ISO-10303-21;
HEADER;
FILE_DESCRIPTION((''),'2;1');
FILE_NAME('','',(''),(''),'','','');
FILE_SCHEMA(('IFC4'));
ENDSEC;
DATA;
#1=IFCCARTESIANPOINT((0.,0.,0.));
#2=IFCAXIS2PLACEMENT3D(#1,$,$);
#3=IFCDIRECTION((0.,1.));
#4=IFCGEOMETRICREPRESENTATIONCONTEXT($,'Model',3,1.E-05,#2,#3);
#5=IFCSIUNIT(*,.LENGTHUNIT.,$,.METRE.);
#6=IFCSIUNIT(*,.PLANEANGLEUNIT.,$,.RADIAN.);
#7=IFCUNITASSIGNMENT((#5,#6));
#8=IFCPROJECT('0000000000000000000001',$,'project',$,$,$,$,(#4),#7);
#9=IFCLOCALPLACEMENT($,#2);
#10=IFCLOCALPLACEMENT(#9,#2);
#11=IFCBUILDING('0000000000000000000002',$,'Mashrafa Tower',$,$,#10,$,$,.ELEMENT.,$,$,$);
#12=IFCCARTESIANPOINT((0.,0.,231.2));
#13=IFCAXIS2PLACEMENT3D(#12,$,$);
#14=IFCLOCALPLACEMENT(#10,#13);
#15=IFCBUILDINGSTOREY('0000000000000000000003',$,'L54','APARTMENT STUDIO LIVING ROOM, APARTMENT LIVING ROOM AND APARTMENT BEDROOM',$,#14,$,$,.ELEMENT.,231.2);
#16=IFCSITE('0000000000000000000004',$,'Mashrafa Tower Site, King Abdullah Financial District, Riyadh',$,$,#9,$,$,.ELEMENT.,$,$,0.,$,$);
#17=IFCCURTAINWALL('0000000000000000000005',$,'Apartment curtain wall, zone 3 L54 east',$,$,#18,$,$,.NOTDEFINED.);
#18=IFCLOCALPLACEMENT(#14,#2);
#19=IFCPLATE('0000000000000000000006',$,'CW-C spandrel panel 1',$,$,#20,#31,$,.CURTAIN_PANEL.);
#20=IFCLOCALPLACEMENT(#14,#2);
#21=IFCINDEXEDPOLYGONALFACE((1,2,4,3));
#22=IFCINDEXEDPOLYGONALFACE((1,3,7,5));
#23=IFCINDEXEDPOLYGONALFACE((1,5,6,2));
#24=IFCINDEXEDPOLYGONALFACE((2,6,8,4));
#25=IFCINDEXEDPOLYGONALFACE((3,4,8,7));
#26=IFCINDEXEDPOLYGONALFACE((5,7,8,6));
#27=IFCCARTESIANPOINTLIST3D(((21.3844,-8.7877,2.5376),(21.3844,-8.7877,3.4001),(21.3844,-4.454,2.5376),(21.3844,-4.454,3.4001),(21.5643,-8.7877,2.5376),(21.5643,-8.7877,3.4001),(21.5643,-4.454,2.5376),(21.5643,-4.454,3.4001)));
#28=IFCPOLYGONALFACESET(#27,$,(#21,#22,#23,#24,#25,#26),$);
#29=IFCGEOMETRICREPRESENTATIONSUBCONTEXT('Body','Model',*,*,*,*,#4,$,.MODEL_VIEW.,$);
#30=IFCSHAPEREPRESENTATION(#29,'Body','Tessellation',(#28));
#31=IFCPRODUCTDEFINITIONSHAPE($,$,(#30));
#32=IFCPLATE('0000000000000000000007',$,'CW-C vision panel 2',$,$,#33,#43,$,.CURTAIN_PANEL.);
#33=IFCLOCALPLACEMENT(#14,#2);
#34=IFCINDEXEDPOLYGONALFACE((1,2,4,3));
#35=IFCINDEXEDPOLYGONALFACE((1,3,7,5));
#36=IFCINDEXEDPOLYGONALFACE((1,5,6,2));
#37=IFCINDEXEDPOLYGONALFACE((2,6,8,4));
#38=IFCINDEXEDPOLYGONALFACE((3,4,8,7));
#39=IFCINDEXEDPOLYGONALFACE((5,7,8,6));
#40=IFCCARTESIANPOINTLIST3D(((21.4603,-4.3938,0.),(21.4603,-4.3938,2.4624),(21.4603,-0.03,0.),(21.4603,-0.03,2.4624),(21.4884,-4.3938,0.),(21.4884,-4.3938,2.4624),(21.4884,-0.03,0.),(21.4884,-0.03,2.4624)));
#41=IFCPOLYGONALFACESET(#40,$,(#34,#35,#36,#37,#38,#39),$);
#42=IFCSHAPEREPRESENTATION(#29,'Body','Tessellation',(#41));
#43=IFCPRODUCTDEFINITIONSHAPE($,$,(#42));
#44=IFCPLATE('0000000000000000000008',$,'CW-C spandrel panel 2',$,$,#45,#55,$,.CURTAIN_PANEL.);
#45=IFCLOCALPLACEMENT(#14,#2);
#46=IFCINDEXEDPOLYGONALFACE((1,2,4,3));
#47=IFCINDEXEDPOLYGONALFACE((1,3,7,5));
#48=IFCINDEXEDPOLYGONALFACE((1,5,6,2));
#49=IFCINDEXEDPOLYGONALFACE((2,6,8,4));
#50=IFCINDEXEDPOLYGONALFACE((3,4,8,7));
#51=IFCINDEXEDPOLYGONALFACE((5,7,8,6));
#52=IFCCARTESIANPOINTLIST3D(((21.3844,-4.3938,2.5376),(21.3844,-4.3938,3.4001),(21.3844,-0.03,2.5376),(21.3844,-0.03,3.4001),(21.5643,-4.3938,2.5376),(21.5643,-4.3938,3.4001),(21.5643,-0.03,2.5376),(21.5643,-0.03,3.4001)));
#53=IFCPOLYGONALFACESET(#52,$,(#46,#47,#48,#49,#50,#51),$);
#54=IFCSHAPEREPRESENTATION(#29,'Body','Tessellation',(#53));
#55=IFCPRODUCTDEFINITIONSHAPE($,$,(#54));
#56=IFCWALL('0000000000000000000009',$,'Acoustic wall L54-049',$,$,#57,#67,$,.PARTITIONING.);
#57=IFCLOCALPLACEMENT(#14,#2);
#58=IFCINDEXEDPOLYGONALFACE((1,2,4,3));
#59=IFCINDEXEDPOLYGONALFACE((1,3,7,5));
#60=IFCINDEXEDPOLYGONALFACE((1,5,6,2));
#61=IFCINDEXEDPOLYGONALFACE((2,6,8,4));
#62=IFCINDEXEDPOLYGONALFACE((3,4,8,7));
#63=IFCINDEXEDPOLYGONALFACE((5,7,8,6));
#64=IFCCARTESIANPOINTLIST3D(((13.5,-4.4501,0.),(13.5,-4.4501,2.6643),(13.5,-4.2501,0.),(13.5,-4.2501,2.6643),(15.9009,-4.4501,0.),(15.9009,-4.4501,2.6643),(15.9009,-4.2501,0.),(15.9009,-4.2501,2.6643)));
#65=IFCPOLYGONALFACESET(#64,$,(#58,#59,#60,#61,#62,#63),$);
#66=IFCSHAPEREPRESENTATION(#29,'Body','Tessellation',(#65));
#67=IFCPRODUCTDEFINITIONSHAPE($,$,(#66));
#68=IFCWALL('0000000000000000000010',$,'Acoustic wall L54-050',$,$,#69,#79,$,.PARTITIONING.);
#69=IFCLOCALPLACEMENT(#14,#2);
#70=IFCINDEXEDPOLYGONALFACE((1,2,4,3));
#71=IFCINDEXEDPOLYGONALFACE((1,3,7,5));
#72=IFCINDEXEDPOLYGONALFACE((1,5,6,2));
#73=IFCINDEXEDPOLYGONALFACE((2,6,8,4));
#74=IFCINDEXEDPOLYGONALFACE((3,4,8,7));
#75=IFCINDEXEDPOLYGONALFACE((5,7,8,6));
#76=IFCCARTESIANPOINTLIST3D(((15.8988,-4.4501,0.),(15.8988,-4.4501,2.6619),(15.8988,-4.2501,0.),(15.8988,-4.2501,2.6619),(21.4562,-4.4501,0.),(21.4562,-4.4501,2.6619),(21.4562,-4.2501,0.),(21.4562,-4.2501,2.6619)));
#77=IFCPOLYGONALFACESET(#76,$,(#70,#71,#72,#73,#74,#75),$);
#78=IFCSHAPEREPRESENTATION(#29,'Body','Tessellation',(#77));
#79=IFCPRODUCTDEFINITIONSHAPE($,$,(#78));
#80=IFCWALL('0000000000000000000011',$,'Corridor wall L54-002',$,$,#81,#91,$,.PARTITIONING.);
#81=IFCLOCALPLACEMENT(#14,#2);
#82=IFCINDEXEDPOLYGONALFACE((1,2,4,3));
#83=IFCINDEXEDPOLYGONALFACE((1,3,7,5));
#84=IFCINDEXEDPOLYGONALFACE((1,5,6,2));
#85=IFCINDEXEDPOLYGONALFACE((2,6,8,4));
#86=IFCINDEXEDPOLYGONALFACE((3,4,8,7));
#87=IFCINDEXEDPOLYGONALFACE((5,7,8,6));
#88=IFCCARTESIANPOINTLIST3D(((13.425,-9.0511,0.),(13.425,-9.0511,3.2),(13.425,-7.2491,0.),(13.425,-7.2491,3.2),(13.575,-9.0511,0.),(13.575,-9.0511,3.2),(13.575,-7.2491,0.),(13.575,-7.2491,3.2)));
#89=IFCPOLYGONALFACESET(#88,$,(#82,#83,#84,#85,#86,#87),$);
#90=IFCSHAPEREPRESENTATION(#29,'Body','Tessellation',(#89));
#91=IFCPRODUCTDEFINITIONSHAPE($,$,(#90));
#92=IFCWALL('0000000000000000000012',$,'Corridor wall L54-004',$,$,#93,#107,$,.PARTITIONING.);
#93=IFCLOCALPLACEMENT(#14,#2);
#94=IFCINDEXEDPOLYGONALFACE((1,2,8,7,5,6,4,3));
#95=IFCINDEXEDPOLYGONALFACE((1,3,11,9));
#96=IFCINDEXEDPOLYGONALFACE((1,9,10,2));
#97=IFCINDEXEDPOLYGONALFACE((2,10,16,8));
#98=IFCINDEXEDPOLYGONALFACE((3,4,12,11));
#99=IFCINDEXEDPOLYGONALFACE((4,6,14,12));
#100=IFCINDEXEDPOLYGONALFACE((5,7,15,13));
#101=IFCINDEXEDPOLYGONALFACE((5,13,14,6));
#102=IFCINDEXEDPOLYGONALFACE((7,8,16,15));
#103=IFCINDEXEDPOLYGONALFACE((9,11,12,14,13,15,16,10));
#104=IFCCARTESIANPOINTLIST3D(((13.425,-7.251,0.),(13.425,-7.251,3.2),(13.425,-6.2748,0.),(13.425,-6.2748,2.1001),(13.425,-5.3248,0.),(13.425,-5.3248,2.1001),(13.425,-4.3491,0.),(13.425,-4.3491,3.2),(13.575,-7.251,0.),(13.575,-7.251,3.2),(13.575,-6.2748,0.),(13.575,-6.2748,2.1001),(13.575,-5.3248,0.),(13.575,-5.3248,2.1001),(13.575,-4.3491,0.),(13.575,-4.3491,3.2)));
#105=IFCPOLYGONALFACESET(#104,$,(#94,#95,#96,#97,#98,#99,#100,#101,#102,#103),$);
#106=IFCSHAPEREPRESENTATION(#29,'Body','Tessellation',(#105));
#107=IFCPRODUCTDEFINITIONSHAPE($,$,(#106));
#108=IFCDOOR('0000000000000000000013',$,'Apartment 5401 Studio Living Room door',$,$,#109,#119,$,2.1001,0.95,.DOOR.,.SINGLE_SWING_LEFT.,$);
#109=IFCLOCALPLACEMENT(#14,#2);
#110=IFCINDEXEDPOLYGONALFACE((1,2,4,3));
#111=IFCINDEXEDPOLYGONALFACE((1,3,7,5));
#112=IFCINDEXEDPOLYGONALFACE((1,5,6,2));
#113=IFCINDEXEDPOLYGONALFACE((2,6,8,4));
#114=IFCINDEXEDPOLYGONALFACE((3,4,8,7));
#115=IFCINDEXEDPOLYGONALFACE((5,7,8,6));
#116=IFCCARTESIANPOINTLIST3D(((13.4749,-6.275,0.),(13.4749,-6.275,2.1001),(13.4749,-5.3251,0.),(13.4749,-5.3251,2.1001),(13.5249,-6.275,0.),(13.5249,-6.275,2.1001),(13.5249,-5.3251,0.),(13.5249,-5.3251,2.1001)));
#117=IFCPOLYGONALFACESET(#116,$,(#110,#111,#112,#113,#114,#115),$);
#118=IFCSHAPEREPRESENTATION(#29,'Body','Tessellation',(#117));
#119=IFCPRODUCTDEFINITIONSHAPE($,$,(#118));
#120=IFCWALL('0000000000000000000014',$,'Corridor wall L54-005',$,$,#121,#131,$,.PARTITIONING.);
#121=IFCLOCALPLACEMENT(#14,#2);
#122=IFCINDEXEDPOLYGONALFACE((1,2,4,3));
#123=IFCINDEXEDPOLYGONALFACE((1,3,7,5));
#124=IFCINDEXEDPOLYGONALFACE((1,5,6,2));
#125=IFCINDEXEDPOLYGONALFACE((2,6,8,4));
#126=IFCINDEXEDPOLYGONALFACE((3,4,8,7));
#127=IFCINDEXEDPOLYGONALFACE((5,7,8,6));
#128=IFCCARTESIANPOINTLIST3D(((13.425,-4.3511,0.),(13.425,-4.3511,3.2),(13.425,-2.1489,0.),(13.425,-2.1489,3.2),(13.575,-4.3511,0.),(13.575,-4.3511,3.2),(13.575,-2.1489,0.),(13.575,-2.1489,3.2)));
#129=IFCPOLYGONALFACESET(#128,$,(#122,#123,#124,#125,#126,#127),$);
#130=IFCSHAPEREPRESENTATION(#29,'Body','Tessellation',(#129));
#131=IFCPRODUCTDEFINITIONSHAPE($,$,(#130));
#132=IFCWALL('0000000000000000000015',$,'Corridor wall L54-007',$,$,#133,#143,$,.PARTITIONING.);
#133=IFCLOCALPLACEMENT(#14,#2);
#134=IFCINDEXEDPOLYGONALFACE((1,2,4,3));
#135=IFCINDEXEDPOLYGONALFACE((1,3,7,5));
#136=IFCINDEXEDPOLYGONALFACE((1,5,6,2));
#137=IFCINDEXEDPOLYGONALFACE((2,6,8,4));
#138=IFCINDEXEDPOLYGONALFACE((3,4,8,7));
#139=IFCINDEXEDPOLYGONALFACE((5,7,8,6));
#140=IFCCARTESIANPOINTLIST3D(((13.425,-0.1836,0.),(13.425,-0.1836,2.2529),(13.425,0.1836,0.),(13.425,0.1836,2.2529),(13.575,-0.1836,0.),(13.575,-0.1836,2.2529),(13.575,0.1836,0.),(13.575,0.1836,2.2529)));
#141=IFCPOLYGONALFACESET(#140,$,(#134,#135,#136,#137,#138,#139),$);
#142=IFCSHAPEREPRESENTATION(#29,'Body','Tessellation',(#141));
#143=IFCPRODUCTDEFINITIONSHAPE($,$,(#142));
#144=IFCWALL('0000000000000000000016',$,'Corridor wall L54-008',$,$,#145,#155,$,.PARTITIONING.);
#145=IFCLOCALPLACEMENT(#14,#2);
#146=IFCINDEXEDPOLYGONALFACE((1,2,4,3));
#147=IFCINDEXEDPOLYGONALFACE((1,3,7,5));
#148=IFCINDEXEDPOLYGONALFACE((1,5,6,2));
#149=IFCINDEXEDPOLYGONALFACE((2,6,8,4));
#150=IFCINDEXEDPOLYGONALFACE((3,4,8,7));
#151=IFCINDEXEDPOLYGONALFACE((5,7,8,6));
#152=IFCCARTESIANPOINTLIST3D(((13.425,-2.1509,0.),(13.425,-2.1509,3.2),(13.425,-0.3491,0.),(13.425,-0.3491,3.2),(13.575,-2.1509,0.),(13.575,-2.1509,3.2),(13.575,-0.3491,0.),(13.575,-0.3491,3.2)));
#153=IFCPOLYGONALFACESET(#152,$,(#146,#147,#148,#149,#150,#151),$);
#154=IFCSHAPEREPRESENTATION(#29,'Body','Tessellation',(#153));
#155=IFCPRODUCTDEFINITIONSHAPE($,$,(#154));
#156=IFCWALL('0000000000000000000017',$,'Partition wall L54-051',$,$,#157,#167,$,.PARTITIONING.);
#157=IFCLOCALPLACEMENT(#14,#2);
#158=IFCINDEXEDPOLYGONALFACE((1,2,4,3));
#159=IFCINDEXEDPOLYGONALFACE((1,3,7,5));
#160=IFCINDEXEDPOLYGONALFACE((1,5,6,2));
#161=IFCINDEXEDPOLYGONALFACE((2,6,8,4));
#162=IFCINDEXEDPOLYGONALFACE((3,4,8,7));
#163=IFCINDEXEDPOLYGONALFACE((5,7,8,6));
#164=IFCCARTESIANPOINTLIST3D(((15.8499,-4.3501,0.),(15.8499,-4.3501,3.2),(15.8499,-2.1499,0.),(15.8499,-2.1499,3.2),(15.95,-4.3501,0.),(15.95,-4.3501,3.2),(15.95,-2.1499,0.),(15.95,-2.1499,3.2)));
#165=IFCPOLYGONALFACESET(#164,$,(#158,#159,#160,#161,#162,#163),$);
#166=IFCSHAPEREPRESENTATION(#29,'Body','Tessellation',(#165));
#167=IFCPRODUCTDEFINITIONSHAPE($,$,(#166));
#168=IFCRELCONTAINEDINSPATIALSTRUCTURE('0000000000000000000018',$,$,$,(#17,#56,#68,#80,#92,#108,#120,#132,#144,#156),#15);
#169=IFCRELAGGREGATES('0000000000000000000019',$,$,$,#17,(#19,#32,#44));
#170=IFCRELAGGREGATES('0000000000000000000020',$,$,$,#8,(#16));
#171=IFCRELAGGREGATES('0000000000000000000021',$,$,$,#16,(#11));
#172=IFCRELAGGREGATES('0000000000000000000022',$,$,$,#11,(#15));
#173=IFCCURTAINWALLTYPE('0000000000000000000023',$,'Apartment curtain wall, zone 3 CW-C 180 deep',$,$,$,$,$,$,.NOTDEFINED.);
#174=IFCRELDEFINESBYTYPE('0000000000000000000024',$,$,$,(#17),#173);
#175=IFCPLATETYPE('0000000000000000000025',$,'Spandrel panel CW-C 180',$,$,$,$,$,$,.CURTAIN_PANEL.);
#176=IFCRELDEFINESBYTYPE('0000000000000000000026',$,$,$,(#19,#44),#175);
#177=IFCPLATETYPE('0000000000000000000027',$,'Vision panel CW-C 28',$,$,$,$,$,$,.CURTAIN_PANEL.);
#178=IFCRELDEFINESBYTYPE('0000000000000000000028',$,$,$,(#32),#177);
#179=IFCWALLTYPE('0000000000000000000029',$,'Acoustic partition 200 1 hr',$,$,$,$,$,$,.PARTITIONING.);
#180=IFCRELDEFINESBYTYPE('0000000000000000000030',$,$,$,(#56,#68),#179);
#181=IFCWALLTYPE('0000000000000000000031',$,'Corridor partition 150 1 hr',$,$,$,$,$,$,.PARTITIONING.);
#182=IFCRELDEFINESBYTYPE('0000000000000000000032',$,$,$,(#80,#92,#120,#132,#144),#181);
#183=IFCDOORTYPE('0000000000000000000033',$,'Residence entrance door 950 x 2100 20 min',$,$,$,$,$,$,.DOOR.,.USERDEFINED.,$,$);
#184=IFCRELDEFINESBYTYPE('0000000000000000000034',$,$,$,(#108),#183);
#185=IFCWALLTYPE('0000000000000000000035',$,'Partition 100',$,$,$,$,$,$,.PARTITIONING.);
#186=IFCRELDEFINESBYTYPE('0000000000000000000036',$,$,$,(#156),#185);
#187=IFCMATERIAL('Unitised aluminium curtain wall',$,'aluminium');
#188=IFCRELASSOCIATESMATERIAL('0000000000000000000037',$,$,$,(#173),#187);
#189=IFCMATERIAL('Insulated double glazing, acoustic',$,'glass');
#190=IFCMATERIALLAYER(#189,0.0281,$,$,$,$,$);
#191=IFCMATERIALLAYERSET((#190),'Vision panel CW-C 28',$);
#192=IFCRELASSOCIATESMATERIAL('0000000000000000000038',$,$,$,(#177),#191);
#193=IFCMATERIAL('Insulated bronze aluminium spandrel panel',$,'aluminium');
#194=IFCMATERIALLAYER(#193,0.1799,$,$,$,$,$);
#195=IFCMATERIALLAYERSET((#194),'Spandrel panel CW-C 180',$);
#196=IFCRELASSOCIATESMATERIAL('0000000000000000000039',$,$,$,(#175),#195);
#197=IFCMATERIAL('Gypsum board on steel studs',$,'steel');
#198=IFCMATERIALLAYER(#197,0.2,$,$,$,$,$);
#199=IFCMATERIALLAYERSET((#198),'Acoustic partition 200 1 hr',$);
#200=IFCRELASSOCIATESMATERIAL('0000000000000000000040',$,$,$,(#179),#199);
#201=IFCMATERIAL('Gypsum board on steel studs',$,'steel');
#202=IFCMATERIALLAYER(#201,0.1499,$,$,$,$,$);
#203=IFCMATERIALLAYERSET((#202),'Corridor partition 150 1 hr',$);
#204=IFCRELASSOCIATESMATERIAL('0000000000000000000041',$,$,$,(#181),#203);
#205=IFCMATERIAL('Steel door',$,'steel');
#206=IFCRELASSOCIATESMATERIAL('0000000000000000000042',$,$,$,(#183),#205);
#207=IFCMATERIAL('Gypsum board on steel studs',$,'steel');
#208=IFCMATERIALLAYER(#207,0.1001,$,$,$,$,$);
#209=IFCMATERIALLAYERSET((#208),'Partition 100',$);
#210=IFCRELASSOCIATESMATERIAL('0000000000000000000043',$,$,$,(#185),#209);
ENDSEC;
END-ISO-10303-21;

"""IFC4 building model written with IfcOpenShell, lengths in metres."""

from ifc_helpers import new_model, si_unit, direction, frame, frame_2d, origin, origin_2d, place, context, subcontext, project, spatial, rectangle, extrude, source, transform, mapped, material, layer, layer_set, type_object, type_shapes, element, fill, aggregate, save


model = new_model("IFC4")

# Units and contexts
model_context = context("Model", 3, precision=1e-05, world=origin(), true_north=direction((0.0, 1.0)))
body_context = subcontext(model_context, "Body", "Model", "MODEL_VIEW")
ifc_project = project(units=[si_unit("LENGTHUNIT", "METRE"), si_unit("PLANEANGLEUNIT", "RADIAN")], contexts=[model_context])

# Site, building, storey
site_placement = place(None, origin())
site = spatial("IfcSite", under=ifc_project, at=site_placement, Name="Mashrafa Tower Site, King Abdullah Financial District, Riyadh", CompositionType="ELEMENT", RefElevation=0.0)
building_placement = place(site_placement, origin())
building = spatial("IfcBuilding", under=site, at=building_placement, Name="Mashrafa Tower", CompositionType="ELEMENT")
storey_placement = place(building_placement, frame((0.0, 0.0, 231.2)))
storey = spatial("IfcBuildingStorey", under=building, at=storey_placement, Name="L54", Description="APARTMENT STUDIO LIVING ROOM, APARTMENT LIVING ROOM AND APARTMENT BEDROOM", CompositionType="ELEMENT", Elevation=231.2)

# Curtain wall
ifc_material_1 = material(Name="Unitised aluminium curtain wall", Category="aluminium")
curtain_wall_type = type_object("IfcCurtainWallType", Name="Apartment curtain wall, zone 3 CW-C 180 deep", PredefinedType="NOTDEFINED", material=ifc_material_1)
curtain_wall_1_placement = place(storey_placement, origin())
curtain_wall_1 = element("IfcCurtainWall", 1, at=curtain_wall_1_placement, inside=storey, type_object=curtain_wall_type, Name="Apartment curtain wall, zone 3 L54 east", PredefinedType="NOTDEFINED")

# Plates
ifc_material_2 = material(Name="Insulated double glazing, acoustic", Category="glass")
ifc_layer_1 = layer(ifc_material_2, 0.0281)
ifc_layer_set_1 = layer_set([ifc_layer_1], Name="Vision panel CW-C 28")
plate_type_1 = type_object("IfcPlateType", Name="Vision panel CW-C 28", PredefinedType="CURTAIN_PANEL", material=ifc_layer_set_1)
ifc_material_3 = material(Name="Insulated bronze aluminium spandrel panel", Category="aluminium")
ifc_layer_2 = layer(ifc_material_3, 0.1799)
ifc_layer_set_2 = layer_set([ifc_layer_2], Name="Spandrel panel CW-C 180")
plate_type_2 = type_object("IfcPlateType", Name="Spandrel panel CW-C 180", PredefinedType="CURTAIN_PANEL", material=ifc_layer_set_2)
shared_shape_1 = source(origin(), body_context, "Body", "SweptSolid", [
    extrude(rectangle(XDim=4.3337, YDim=0.1799, at=origin_2d()), origin(), (0.0, 0.0, 1.0), 0.8625),
])
plate_1_placement = place(storey_placement, frame((21.4744, -6.6208, 2.5376), z_axis=(0.0, 0.0, 1.0), x_axis=(0.0, 1.0, 0.0)))
plate_1 = element("IfcPlate", 2, at=plate_1_placement, type_object=plate_type_2, Name="CW-C spandrel panel 1", PredefinedType="CURTAIN_PANEL", context=body_context, shape_type="MappedRepresentation", body=[
    mapped(shared_shape_1, transform((0.0, 0.0, 0.0))),
])
shared_shape_2 = source(origin(), body_context, "Body", "SweptSolid", [
    extrude(rectangle(XDim=4.3638, YDim=0.0281, at=origin_2d()), origin(), (0.0, 0.0, 1.0), 2.4624),
])
plate_2_placement = place(storey_placement, frame((21.4744, -2.2119, 0.0), z_axis=(0.0, 0.0, 1.0), x_axis=(0.0, 1.0, 0.0)))
plate_2 = element("IfcPlate", 3, at=plate_2_placement, type_object=plate_type_1, Name="CW-C vision panel 2", PredefinedType="CURTAIN_PANEL", context=body_context, shape_type="MappedRepresentation", body=[
    mapped(shared_shape_2, transform((0.0, 0.0, 0.0))),
])
shared_shape_3 = source(origin(), body_context, "Body", "SweptSolid", [
    extrude(rectangle(XDim=4.3638, YDim=0.1799, at=origin_2d()), origin(), (0.0, 0.0, 1.0), 0.8625),
])
type_shapes(plate_type_2, [shared_shape_1, shared_shape_3])
plate_3_placement = place(storey_placement, frame((21.4744, -2.2119, 2.5376), z_axis=(0.0, 0.0, 1.0), x_axis=(0.0, 1.0, 0.0)))
plate_3 = element("IfcPlate", 4, at=plate_3_placement, type_object=plate_type_2, Name="CW-C spandrel panel 2", PredefinedType="CURTAIN_PANEL", context=body_context, shape_type="MappedRepresentation", body=[
    mapped(shared_shape_3, transform((0.0, 0.0, 0.0))),
])
aggregate(curtain_wall_1, [plate_1, plate_2, plate_3])

# Walls
ifc_material_4 = material(Name="Gypsum board on steel studs", Category="steel")
ifc_layer_3 = layer(ifc_material_4, 0.2)
ifc_layer_set_3 = layer_set([ifc_layer_3], Name="Acoustic partition 200 1 hr")
wall_type_1 = type_object("IfcWallType", Name="Acoustic partition 200 1 hr", PredefinedType="PARTITIONING", material=ifc_layer_set_3)
wall_1_placement = place(storey_placement, frame((15.9009, -4.3501, 0.0), z_axis=(0.0, 0.0, 1.0), x_axis=(-1.0, 0.0, 0.0)))
element("IfcWall", 5, at=wall_1_placement, inside=storey, type_object=wall_type_1, Name="Acoustic wall L54-049", PredefinedType="PARTITIONING", context=body_context, shape_type="SweptSolid", body=[
    extrude(rectangle(XDim=2.4009, YDim=0.2, at=frame_2d((1.2004, 0.0))), origin(), (0.0, 0.0, 1.0), 2.6643),
])
wall_2_placement = place(storey_placement, frame((21.4563, -4.3501, 0.0), z_axis=(0.0, 0.0, 1.0), x_axis=(-1.0, 0.0, 0.0)))
element("IfcWall", 6, at=wall_2_placement, inside=storey, type_object=wall_type_1, Name="Acoustic wall L54-050", PredefinedType="PARTITIONING", context=body_context, shape_type="SweptSolid", body=[
    extrude(rectangle(XDim=5.5574, YDim=0.2, at=frame_2d((2.7788, 0.0))), origin(), (0.0, 0.0, 1.0), 2.6619),
])
ifc_material_5 = material(Name="Gypsum board on steel studs", Category="steel")
ifc_layer_4 = layer(ifc_material_5, 0.1499)
ifc_layer_set_4 = layer_set([ifc_layer_4], Name="Corridor partition 150 1 hr")
wall_type_2 = type_object("IfcWallType", Name="Corridor partition 150 1 hr", PredefinedType="PARTITIONING", material=ifc_layer_set_4)
wall_3_placement = place(storey_placement, frame((13.5, -9.051, 0.0), z_axis=(0.0, 0.0, 1.0), x_axis=(0.0, 1.0, 0.0)))
element("IfcWall", 7, at=wall_3_placement, inside=storey, type_object=wall_type_2, Name="Corridor wall L54-002", PredefinedType="PARTITIONING", context=body_context, shape_type="SweptSolid", body=[
    extrude(rectangle(XDim=1.802, YDim=0.1499, at=frame_2d((0.9009, 0.0))), origin(), (0.0, 0.0, 1.0), 3.2),
])

# Wall, opening, door
wall_4_placement = place(storey_placement, frame((13.5, -7.251, 0.0), z_axis=(0.0, 0.0, 1.0), x_axis=(0.0, 1.0, 0.0)))
wall_4 = element("IfcWall", 8, at=wall_4_placement, inside=storey, type_object=wall_type_2, Name="Corridor wall L54-004", PredefinedType="PARTITIONING", context=body_context, shape_type="SweptSolid", body=[
    extrude(rectangle(XDim=2.9019, YDim=0.1499, at=frame_2d((1.4509, 0.0))), origin(), (0.0, 0.0, 1.0), 3.2),
])
opening_1_placement = place(wall_4_placement, frame((0.9761, 0.0, 0.0)))
opening_1 = element("IfcOpeningElement", 9, at=opening_1_placement, cuts=wall_4, PredefinedType="OPENING", context=body_context, shape_type="SweptSolid", body=[
    extrude(rectangle(XDim=0.95, YDim=2.1001, at=frame_2d((0.4751, 1.05))), frame((0.0, 0.085, 0.0), z_axis=(0.0, -1.0, 0.0), x_axis=(1.0, 0.0, 0.0)), (0.0, 0.0, 1.0), 0.1699),
])
ifc_material_6 = material(Name="Steel door", Category="steel")
door_type_1 = type_object("IfcDoorType", Name="Residence entrance door 950 x 2100 20 min", OperationType="USERDEFINED", PredefinedType="DOOR", material=ifc_material_6)
door_1_placement = place(opening_1_placement, frame((0.95, 0.0, 0.0), z_axis=(0.0, 0.0, 1.0), x_axis=(-1.0, 0.0, 0.0)))
door_1 = element("IfcDoor", 10, at=door_1_placement, inside=storey, type_object=door_type_1, Name="Apartment 5401 Studio Living Room door", OperationType="SINGLE_SWING_LEFT", OverallHeight=2.1001, OverallWidth=0.95, PredefinedType="DOOR", context=body_context, shape_type="SweptSolid", body=[
    extrude(rectangle(XDim=0.95, YDim=2.1001, at=frame_2d((0.4751, 1.05))), frame((0.0, 0.0249, 0.0), z_axis=(0.0, -1.0, 0.0), x_axis=(1.0, 0.0, 0.0)), (0.0, 0.0, 1.0), 0.05),
])
fill(opening_1, door_1)

# Walls
wall_5_placement = place(storey_placement, frame((13.5, -4.3511, 0.0), z_axis=(0.0, 0.0, 1.0), x_axis=(0.0, 1.0, 0.0)))
element("IfcWall", 11, at=wall_5_placement, inside=storey, type_object=wall_type_2, Name="Corridor wall L54-005", PredefinedType="PARTITIONING", context=body_context, shape_type="SweptSolid", body=[
    extrude(rectangle(XDim=2.2021, YDim=0.1499, at=frame_2d((1.1011, 0.0))), origin(), (0.0, 0.0, 1.0), 3.2),
])
wall_6_placement = place(storey_placement, frame((13.5, -0.1836, 0.0), z_axis=(0.0, 0.0, 1.0), x_axis=(0.0, 1.0, 0.0)))
element("IfcWall", 12, at=wall_6_placement, inside=storey, type_object=wall_type_2, Name="Corridor wall L54-007", PredefinedType="PARTITIONING", context=body_context, shape_type="SweptSolid", body=[
    extrude(rectangle(XDim=0.3672, YDim=0.1499, at=frame_2d((0.1836, 0.0))), origin(), (0.0, 0.0, 1.0), 2.2529),
])
wall_7_placement = place(storey_placement, frame((13.5, -2.1509, 0.0), z_axis=(0.0, 0.0, 1.0), x_axis=(0.0, 1.0, 0.0)))
element("IfcWall", 13, at=wall_7_placement, inside=storey, type_object=wall_type_2, Name="Corridor wall L54-008", PredefinedType="PARTITIONING", context=body_context, shape_type="SweptSolid", body=[
    extrude(rectangle(XDim=1.8018, YDim=0.1499, at=frame_2d((0.9009, 0.0))), origin(), (0.0, 0.0, 1.0), 3.2),
])
ifc_material_7 = material(Name="Gypsum board on steel studs", Category="steel")
ifc_layer_5 = layer(ifc_material_7, 0.1001)
ifc_layer_set_5 = layer_set([ifc_layer_5], Name="Partition 100")
wall_type_3 = type_object("IfcWallType", Name="Partition 100", PredefinedType="PARTITIONING", material=ifc_layer_set_5)
wall_8_placement = place(storey_placement, frame((15.8999, -4.3501, 0.0), z_axis=(0.0, 0.0, 1.0), x_axis=(0.0, 1.0, 0.0)))
element("IfcWall", 14, at=wall_8_placement, inside=storey, type_object=wall_type_3, Name="Partition wall L54-051", PredefinedType="PARTITIONING", context=body_context, shape_type="SweptSolid", body=[
    extrude(rectangle(XDim=2.2002, YDim=0.1001, at=frame_2d((1.1001, 0.0))), origin(), (0.0, 0.0, 1.0), 3.2),
])

save(model, "model.ifc")
